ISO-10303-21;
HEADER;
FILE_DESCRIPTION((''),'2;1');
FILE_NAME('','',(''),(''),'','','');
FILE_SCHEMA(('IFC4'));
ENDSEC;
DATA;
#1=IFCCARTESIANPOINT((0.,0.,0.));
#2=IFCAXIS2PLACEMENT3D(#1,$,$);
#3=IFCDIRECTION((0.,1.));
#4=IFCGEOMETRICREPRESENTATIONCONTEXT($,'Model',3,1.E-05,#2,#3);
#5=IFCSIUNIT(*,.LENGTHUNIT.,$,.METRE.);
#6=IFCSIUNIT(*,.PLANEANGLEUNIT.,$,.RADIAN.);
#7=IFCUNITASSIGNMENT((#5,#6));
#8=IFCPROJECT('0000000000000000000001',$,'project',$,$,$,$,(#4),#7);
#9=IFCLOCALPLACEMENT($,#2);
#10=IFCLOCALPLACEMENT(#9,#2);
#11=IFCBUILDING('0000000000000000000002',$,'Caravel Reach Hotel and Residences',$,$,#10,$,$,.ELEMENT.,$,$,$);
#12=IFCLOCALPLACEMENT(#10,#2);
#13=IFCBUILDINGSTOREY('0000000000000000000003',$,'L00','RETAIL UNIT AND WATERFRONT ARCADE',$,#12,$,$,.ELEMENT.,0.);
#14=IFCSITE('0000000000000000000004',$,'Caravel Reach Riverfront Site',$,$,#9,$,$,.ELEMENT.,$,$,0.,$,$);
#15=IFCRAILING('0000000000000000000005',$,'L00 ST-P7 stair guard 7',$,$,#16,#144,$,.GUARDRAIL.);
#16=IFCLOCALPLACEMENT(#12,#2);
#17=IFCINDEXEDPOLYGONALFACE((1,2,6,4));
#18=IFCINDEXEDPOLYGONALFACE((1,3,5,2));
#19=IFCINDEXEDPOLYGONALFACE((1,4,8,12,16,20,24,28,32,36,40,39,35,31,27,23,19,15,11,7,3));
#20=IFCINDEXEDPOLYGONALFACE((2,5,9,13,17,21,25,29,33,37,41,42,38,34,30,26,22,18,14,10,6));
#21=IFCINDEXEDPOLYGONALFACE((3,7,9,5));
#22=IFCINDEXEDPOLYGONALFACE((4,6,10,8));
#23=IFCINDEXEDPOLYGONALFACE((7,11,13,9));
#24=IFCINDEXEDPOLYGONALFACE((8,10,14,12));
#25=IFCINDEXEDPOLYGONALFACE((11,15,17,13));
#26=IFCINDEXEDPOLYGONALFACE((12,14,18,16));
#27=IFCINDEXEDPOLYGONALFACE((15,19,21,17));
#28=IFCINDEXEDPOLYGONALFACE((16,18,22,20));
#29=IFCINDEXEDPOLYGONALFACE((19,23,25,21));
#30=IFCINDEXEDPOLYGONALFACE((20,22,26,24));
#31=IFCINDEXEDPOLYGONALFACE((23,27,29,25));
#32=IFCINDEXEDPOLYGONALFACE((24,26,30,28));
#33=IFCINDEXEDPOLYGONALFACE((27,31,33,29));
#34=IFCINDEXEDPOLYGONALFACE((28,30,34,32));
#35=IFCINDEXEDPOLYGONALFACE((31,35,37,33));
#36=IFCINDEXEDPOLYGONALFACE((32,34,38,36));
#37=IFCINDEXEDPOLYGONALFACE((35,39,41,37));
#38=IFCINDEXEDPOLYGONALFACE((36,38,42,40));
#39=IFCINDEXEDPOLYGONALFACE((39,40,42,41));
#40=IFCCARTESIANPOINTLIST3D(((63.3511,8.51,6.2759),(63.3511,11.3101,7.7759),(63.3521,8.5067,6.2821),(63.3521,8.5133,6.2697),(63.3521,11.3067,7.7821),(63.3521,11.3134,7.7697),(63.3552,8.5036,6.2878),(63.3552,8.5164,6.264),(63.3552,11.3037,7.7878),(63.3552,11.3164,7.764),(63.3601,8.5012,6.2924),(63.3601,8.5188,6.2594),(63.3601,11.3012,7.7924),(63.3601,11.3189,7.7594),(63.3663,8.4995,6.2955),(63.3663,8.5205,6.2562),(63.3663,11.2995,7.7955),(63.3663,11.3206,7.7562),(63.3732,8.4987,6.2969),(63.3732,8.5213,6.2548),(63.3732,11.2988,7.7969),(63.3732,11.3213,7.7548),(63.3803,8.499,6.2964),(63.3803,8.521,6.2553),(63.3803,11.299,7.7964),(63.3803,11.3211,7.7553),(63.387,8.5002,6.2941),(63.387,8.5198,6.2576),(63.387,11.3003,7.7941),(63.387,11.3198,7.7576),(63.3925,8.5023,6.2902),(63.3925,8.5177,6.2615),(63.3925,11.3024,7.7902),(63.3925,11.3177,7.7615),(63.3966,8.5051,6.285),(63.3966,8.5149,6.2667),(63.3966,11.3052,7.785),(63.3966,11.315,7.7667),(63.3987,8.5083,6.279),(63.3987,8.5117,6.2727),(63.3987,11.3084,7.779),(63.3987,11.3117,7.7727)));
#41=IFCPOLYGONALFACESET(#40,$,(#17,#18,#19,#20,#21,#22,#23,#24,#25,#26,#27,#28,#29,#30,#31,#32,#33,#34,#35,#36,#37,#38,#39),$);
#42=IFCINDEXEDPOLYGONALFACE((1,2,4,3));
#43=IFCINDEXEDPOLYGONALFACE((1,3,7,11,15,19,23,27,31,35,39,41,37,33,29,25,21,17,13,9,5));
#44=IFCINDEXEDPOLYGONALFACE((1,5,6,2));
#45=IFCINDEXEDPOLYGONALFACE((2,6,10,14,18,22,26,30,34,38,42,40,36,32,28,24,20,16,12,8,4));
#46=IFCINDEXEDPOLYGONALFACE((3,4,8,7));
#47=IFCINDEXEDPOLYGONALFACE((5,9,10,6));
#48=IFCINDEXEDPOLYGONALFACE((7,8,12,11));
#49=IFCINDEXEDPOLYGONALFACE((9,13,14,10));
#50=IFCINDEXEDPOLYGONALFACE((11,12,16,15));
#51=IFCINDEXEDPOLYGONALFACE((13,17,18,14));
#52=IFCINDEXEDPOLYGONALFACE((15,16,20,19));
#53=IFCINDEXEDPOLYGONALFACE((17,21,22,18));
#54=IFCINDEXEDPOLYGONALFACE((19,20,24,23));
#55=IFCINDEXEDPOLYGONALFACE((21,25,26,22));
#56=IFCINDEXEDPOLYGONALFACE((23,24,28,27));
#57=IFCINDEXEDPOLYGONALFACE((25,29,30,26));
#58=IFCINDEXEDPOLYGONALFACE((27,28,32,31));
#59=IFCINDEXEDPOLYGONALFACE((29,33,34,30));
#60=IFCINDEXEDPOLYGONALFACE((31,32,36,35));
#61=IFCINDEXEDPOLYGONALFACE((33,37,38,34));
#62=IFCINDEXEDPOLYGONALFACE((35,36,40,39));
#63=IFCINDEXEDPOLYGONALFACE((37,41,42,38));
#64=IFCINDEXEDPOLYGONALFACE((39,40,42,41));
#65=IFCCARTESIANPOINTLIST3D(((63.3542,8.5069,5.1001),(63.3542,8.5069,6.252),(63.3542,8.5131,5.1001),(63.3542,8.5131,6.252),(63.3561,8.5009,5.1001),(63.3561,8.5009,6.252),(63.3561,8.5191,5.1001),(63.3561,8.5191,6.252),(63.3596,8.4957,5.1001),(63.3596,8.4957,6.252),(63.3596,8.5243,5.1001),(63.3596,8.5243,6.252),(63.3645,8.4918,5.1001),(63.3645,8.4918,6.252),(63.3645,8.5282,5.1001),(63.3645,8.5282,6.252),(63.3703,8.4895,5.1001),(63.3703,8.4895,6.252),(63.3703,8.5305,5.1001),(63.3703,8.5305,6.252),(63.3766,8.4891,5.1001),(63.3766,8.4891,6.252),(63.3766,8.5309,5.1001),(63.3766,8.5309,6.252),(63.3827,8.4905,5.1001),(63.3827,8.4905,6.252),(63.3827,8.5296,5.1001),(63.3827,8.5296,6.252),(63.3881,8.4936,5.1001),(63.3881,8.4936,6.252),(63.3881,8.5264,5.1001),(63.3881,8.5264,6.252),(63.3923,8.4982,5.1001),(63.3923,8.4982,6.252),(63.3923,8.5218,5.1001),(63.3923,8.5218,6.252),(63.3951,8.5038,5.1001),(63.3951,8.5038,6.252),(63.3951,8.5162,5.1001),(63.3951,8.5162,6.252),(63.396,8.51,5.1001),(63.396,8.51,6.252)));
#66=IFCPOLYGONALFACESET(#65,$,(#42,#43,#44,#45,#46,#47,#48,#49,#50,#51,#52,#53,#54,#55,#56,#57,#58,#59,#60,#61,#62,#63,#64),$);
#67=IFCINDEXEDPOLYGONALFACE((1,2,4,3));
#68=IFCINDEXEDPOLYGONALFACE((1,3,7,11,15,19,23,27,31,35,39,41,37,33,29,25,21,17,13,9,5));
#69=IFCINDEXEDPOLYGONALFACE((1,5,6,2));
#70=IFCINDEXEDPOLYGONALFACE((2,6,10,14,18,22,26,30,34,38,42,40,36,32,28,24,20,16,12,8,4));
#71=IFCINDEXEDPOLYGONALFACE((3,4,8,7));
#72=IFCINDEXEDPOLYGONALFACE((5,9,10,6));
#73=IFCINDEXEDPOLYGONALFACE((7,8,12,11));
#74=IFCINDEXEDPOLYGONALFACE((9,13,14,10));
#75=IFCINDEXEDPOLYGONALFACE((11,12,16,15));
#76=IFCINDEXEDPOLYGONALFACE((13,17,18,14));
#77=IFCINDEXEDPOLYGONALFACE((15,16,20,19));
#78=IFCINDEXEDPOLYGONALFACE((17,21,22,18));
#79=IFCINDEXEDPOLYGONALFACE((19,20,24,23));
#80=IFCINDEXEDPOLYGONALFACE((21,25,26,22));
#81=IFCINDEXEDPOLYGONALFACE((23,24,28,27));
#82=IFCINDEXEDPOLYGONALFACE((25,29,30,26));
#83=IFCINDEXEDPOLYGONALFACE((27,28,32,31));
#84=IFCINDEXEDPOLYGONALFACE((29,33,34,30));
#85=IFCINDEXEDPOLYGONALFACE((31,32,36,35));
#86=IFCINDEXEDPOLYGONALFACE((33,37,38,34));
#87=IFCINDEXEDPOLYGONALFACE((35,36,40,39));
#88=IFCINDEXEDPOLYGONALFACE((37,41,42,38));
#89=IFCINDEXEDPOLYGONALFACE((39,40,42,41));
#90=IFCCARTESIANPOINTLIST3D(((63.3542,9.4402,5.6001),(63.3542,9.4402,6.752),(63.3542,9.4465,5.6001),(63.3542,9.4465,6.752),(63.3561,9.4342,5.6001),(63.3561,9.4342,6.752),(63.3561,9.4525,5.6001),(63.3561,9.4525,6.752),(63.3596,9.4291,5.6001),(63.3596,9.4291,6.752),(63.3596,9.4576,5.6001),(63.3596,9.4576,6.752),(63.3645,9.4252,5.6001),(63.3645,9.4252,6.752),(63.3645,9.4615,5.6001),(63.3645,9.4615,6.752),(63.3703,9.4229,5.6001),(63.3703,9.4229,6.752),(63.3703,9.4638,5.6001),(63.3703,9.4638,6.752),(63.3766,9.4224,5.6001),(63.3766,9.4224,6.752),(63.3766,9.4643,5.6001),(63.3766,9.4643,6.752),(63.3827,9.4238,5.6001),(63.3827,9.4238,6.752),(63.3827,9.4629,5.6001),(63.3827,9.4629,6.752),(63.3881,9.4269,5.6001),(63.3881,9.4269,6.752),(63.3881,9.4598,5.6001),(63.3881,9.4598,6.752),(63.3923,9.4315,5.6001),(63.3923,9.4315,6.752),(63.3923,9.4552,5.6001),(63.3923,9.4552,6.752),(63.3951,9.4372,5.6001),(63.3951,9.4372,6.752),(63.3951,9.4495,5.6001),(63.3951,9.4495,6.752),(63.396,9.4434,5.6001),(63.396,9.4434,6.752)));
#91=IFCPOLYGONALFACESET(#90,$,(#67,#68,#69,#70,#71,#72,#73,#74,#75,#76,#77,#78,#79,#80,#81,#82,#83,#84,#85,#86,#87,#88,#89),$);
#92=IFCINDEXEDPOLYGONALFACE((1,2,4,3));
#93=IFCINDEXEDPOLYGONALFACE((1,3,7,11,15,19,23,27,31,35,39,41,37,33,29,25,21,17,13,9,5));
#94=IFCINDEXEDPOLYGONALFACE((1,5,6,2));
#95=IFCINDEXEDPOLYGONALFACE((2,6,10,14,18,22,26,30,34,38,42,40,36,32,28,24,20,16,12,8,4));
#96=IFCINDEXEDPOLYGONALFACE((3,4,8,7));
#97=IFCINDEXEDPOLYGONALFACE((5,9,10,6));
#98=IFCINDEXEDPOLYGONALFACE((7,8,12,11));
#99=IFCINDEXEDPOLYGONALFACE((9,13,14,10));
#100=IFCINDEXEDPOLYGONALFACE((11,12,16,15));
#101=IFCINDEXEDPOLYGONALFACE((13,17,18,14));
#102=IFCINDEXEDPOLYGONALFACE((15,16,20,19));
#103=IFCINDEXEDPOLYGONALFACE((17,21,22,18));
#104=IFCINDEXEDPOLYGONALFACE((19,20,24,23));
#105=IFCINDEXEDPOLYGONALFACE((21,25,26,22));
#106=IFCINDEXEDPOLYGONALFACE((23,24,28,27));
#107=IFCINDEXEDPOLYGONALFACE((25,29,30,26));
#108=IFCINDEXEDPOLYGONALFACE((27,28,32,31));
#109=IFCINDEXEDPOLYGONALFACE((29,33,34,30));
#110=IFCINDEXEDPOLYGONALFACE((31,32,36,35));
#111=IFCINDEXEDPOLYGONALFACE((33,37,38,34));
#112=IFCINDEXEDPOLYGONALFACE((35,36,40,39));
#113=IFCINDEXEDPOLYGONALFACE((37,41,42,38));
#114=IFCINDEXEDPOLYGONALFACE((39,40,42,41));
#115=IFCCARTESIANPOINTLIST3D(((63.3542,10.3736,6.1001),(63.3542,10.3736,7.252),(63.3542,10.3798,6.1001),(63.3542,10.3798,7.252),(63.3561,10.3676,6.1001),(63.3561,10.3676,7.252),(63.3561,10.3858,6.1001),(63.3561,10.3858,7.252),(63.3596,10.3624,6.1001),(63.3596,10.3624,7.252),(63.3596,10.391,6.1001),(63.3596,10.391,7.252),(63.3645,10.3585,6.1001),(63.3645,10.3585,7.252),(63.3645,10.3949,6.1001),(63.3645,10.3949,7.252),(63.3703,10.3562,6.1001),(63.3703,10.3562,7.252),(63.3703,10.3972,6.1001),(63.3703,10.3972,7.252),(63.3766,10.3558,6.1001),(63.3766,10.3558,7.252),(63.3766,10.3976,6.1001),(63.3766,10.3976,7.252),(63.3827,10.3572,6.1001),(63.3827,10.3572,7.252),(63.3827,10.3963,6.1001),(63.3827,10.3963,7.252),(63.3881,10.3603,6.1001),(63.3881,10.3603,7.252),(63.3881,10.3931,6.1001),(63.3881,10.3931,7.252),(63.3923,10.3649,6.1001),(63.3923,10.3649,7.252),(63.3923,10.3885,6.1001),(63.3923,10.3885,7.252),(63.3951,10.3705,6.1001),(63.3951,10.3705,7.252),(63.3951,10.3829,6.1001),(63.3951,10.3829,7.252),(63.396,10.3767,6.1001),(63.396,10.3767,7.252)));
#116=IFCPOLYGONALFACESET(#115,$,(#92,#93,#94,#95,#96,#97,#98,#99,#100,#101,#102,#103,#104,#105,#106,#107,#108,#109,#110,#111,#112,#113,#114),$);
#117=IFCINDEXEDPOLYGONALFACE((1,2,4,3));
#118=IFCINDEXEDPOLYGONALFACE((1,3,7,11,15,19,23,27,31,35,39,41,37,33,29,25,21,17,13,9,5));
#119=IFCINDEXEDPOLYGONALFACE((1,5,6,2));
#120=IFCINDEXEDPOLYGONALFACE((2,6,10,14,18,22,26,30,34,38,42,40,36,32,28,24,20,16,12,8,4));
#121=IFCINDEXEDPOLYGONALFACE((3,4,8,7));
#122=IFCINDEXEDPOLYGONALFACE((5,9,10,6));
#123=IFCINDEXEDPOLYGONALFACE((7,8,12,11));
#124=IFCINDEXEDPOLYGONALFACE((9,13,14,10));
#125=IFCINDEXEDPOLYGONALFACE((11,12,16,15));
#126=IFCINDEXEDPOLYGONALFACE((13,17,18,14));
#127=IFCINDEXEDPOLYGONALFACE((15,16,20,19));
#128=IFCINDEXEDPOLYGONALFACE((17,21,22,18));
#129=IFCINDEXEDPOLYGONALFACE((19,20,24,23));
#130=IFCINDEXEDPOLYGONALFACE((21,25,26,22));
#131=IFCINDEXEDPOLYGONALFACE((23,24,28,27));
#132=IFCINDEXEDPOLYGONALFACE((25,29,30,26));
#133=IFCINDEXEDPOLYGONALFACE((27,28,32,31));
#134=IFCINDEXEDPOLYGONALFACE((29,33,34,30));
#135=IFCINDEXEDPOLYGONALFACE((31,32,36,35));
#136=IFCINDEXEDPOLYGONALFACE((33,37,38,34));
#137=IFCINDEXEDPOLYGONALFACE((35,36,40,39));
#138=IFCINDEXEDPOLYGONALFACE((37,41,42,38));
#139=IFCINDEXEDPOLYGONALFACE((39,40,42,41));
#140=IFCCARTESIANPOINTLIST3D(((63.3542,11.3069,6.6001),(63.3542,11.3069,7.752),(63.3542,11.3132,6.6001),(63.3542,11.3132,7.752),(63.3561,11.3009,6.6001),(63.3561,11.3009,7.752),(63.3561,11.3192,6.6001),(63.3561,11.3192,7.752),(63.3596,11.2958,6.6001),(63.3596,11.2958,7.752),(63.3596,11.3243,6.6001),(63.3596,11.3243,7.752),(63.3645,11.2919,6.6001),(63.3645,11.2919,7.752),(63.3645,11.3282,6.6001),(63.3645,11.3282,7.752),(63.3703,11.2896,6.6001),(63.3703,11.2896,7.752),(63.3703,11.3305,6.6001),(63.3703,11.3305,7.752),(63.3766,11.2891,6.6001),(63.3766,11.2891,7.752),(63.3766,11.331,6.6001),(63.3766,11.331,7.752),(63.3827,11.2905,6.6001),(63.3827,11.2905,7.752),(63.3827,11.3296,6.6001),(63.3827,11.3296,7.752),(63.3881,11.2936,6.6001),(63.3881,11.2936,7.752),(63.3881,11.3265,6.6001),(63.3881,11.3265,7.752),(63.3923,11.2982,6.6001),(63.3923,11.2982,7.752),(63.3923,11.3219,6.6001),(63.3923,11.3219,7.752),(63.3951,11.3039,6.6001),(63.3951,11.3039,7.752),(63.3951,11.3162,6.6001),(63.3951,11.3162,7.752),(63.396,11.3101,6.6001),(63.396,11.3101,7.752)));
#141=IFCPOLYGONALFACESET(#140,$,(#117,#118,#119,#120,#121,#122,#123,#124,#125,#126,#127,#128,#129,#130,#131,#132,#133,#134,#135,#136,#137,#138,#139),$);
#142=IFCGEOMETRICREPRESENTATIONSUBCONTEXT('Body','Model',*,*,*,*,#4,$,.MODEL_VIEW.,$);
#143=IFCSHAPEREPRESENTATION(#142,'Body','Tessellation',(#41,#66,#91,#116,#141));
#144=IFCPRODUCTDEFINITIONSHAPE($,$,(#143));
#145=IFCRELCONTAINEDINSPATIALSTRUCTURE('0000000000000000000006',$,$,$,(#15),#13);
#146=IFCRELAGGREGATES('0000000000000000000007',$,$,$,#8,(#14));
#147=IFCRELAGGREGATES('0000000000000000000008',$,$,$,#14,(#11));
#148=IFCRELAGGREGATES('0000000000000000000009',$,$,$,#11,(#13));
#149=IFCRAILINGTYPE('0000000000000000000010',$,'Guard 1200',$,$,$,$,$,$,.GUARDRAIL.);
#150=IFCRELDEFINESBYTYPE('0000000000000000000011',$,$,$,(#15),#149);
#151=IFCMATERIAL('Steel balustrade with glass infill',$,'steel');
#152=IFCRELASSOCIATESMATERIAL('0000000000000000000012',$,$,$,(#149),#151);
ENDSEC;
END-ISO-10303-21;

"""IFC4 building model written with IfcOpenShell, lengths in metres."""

from ifc_helpers import new_model, si_unit, direction, frame, origin, origin_2d, place, context, subcontext, project, spatial, circle, extrude, material, type_object, element, save


model = new_model("IFC4")

# Units and contexts
model_context = context("Model", 3, precision=1e-05, world=origin(), true_north=direction((0.0, 1.0)))
body_context = subcontext(model_context, "Body", "Model", "MODEL_VIEW")
ifc_project = project(units=[si_unit("LENGTHUNIT", "METRE"), si_unit("PLANEANGLEUNIT", "RADIAN")], contexts=[model_context])

# Site, building, storey
site_placement = place(None, origin())
site = spatial("IfcSite", under=ifc_project, at=site_placement, Name="Caravel Reach Riverfront Site", CompositionType="ELEMENT", RefElevation=0.0)
building_placement = place(site_placement, origin())
building = spatial("IfcBuilding", under=site, at=building_placement, Name="Caravel Reach Hotel and Residences", CompositionType="ELEMENT")
storey_placement = place(building_placement, origin())
storey = spatial("IfcBuildingStorey", under=building, at=storey_placement, Name="L00", Description="RETAIL UNIT AND WATERFRONT ARCADE", CompositionType="ELEMENT", Elevation=0.0)

# Railing
ifc_material_1 = material(Name="Steel balustrade with glass infill", Category="steel")
railing_type_1 = type_object("IfcRailingType", Name="Guard 1200", PredefinedType="GUARDRAIL", material=ifc_material_1)
railing_1_placement = place(storey_placement, frame((63.375, 8.51, 5.1001)))
element("IfcRailing", 1, at=railing_1_placement, inside=storey, type_object=railing_type_1, Name="L00 ST-P7 stair guard 7", PredefinedType="GUARDRAIL", context=body_context, shape_type="SweptSolid", body=[
    extrude(circle(Radius=0.0239, at=origin_2d()), frame((0.0, 0.0, 1.1758), z_axis=(0.0, 0.881483, 0.472215), x_axis=(-1.0, 0.0, 0.0)), (0.0, 0.0, 1.0), 3.1765),
    extrude(circle(Radius=0.021, at=origin_2d()), origin(), (0.0, 0.0, 1.0), 1.1519),
    extrude(circle(Radius=0.021, at=origin_2d()), frame((0.0, 0.9333, 0.5)), (0.0, 0.0, 1.0), 1.1519),
    extrude(circle(Radius=0.021, at=origin_2d()), frame((0.0, 1.8667, 1.0)), (0.0, 0.0, 1.0), 1.1519),
    extrude(circle(Radius=0.021, at=origin_2d()), frame((0.0, 2.8, 1.5)), (0.0, 0.0, 1.0), 1.1519),
])

save(model, "model.ifc")
